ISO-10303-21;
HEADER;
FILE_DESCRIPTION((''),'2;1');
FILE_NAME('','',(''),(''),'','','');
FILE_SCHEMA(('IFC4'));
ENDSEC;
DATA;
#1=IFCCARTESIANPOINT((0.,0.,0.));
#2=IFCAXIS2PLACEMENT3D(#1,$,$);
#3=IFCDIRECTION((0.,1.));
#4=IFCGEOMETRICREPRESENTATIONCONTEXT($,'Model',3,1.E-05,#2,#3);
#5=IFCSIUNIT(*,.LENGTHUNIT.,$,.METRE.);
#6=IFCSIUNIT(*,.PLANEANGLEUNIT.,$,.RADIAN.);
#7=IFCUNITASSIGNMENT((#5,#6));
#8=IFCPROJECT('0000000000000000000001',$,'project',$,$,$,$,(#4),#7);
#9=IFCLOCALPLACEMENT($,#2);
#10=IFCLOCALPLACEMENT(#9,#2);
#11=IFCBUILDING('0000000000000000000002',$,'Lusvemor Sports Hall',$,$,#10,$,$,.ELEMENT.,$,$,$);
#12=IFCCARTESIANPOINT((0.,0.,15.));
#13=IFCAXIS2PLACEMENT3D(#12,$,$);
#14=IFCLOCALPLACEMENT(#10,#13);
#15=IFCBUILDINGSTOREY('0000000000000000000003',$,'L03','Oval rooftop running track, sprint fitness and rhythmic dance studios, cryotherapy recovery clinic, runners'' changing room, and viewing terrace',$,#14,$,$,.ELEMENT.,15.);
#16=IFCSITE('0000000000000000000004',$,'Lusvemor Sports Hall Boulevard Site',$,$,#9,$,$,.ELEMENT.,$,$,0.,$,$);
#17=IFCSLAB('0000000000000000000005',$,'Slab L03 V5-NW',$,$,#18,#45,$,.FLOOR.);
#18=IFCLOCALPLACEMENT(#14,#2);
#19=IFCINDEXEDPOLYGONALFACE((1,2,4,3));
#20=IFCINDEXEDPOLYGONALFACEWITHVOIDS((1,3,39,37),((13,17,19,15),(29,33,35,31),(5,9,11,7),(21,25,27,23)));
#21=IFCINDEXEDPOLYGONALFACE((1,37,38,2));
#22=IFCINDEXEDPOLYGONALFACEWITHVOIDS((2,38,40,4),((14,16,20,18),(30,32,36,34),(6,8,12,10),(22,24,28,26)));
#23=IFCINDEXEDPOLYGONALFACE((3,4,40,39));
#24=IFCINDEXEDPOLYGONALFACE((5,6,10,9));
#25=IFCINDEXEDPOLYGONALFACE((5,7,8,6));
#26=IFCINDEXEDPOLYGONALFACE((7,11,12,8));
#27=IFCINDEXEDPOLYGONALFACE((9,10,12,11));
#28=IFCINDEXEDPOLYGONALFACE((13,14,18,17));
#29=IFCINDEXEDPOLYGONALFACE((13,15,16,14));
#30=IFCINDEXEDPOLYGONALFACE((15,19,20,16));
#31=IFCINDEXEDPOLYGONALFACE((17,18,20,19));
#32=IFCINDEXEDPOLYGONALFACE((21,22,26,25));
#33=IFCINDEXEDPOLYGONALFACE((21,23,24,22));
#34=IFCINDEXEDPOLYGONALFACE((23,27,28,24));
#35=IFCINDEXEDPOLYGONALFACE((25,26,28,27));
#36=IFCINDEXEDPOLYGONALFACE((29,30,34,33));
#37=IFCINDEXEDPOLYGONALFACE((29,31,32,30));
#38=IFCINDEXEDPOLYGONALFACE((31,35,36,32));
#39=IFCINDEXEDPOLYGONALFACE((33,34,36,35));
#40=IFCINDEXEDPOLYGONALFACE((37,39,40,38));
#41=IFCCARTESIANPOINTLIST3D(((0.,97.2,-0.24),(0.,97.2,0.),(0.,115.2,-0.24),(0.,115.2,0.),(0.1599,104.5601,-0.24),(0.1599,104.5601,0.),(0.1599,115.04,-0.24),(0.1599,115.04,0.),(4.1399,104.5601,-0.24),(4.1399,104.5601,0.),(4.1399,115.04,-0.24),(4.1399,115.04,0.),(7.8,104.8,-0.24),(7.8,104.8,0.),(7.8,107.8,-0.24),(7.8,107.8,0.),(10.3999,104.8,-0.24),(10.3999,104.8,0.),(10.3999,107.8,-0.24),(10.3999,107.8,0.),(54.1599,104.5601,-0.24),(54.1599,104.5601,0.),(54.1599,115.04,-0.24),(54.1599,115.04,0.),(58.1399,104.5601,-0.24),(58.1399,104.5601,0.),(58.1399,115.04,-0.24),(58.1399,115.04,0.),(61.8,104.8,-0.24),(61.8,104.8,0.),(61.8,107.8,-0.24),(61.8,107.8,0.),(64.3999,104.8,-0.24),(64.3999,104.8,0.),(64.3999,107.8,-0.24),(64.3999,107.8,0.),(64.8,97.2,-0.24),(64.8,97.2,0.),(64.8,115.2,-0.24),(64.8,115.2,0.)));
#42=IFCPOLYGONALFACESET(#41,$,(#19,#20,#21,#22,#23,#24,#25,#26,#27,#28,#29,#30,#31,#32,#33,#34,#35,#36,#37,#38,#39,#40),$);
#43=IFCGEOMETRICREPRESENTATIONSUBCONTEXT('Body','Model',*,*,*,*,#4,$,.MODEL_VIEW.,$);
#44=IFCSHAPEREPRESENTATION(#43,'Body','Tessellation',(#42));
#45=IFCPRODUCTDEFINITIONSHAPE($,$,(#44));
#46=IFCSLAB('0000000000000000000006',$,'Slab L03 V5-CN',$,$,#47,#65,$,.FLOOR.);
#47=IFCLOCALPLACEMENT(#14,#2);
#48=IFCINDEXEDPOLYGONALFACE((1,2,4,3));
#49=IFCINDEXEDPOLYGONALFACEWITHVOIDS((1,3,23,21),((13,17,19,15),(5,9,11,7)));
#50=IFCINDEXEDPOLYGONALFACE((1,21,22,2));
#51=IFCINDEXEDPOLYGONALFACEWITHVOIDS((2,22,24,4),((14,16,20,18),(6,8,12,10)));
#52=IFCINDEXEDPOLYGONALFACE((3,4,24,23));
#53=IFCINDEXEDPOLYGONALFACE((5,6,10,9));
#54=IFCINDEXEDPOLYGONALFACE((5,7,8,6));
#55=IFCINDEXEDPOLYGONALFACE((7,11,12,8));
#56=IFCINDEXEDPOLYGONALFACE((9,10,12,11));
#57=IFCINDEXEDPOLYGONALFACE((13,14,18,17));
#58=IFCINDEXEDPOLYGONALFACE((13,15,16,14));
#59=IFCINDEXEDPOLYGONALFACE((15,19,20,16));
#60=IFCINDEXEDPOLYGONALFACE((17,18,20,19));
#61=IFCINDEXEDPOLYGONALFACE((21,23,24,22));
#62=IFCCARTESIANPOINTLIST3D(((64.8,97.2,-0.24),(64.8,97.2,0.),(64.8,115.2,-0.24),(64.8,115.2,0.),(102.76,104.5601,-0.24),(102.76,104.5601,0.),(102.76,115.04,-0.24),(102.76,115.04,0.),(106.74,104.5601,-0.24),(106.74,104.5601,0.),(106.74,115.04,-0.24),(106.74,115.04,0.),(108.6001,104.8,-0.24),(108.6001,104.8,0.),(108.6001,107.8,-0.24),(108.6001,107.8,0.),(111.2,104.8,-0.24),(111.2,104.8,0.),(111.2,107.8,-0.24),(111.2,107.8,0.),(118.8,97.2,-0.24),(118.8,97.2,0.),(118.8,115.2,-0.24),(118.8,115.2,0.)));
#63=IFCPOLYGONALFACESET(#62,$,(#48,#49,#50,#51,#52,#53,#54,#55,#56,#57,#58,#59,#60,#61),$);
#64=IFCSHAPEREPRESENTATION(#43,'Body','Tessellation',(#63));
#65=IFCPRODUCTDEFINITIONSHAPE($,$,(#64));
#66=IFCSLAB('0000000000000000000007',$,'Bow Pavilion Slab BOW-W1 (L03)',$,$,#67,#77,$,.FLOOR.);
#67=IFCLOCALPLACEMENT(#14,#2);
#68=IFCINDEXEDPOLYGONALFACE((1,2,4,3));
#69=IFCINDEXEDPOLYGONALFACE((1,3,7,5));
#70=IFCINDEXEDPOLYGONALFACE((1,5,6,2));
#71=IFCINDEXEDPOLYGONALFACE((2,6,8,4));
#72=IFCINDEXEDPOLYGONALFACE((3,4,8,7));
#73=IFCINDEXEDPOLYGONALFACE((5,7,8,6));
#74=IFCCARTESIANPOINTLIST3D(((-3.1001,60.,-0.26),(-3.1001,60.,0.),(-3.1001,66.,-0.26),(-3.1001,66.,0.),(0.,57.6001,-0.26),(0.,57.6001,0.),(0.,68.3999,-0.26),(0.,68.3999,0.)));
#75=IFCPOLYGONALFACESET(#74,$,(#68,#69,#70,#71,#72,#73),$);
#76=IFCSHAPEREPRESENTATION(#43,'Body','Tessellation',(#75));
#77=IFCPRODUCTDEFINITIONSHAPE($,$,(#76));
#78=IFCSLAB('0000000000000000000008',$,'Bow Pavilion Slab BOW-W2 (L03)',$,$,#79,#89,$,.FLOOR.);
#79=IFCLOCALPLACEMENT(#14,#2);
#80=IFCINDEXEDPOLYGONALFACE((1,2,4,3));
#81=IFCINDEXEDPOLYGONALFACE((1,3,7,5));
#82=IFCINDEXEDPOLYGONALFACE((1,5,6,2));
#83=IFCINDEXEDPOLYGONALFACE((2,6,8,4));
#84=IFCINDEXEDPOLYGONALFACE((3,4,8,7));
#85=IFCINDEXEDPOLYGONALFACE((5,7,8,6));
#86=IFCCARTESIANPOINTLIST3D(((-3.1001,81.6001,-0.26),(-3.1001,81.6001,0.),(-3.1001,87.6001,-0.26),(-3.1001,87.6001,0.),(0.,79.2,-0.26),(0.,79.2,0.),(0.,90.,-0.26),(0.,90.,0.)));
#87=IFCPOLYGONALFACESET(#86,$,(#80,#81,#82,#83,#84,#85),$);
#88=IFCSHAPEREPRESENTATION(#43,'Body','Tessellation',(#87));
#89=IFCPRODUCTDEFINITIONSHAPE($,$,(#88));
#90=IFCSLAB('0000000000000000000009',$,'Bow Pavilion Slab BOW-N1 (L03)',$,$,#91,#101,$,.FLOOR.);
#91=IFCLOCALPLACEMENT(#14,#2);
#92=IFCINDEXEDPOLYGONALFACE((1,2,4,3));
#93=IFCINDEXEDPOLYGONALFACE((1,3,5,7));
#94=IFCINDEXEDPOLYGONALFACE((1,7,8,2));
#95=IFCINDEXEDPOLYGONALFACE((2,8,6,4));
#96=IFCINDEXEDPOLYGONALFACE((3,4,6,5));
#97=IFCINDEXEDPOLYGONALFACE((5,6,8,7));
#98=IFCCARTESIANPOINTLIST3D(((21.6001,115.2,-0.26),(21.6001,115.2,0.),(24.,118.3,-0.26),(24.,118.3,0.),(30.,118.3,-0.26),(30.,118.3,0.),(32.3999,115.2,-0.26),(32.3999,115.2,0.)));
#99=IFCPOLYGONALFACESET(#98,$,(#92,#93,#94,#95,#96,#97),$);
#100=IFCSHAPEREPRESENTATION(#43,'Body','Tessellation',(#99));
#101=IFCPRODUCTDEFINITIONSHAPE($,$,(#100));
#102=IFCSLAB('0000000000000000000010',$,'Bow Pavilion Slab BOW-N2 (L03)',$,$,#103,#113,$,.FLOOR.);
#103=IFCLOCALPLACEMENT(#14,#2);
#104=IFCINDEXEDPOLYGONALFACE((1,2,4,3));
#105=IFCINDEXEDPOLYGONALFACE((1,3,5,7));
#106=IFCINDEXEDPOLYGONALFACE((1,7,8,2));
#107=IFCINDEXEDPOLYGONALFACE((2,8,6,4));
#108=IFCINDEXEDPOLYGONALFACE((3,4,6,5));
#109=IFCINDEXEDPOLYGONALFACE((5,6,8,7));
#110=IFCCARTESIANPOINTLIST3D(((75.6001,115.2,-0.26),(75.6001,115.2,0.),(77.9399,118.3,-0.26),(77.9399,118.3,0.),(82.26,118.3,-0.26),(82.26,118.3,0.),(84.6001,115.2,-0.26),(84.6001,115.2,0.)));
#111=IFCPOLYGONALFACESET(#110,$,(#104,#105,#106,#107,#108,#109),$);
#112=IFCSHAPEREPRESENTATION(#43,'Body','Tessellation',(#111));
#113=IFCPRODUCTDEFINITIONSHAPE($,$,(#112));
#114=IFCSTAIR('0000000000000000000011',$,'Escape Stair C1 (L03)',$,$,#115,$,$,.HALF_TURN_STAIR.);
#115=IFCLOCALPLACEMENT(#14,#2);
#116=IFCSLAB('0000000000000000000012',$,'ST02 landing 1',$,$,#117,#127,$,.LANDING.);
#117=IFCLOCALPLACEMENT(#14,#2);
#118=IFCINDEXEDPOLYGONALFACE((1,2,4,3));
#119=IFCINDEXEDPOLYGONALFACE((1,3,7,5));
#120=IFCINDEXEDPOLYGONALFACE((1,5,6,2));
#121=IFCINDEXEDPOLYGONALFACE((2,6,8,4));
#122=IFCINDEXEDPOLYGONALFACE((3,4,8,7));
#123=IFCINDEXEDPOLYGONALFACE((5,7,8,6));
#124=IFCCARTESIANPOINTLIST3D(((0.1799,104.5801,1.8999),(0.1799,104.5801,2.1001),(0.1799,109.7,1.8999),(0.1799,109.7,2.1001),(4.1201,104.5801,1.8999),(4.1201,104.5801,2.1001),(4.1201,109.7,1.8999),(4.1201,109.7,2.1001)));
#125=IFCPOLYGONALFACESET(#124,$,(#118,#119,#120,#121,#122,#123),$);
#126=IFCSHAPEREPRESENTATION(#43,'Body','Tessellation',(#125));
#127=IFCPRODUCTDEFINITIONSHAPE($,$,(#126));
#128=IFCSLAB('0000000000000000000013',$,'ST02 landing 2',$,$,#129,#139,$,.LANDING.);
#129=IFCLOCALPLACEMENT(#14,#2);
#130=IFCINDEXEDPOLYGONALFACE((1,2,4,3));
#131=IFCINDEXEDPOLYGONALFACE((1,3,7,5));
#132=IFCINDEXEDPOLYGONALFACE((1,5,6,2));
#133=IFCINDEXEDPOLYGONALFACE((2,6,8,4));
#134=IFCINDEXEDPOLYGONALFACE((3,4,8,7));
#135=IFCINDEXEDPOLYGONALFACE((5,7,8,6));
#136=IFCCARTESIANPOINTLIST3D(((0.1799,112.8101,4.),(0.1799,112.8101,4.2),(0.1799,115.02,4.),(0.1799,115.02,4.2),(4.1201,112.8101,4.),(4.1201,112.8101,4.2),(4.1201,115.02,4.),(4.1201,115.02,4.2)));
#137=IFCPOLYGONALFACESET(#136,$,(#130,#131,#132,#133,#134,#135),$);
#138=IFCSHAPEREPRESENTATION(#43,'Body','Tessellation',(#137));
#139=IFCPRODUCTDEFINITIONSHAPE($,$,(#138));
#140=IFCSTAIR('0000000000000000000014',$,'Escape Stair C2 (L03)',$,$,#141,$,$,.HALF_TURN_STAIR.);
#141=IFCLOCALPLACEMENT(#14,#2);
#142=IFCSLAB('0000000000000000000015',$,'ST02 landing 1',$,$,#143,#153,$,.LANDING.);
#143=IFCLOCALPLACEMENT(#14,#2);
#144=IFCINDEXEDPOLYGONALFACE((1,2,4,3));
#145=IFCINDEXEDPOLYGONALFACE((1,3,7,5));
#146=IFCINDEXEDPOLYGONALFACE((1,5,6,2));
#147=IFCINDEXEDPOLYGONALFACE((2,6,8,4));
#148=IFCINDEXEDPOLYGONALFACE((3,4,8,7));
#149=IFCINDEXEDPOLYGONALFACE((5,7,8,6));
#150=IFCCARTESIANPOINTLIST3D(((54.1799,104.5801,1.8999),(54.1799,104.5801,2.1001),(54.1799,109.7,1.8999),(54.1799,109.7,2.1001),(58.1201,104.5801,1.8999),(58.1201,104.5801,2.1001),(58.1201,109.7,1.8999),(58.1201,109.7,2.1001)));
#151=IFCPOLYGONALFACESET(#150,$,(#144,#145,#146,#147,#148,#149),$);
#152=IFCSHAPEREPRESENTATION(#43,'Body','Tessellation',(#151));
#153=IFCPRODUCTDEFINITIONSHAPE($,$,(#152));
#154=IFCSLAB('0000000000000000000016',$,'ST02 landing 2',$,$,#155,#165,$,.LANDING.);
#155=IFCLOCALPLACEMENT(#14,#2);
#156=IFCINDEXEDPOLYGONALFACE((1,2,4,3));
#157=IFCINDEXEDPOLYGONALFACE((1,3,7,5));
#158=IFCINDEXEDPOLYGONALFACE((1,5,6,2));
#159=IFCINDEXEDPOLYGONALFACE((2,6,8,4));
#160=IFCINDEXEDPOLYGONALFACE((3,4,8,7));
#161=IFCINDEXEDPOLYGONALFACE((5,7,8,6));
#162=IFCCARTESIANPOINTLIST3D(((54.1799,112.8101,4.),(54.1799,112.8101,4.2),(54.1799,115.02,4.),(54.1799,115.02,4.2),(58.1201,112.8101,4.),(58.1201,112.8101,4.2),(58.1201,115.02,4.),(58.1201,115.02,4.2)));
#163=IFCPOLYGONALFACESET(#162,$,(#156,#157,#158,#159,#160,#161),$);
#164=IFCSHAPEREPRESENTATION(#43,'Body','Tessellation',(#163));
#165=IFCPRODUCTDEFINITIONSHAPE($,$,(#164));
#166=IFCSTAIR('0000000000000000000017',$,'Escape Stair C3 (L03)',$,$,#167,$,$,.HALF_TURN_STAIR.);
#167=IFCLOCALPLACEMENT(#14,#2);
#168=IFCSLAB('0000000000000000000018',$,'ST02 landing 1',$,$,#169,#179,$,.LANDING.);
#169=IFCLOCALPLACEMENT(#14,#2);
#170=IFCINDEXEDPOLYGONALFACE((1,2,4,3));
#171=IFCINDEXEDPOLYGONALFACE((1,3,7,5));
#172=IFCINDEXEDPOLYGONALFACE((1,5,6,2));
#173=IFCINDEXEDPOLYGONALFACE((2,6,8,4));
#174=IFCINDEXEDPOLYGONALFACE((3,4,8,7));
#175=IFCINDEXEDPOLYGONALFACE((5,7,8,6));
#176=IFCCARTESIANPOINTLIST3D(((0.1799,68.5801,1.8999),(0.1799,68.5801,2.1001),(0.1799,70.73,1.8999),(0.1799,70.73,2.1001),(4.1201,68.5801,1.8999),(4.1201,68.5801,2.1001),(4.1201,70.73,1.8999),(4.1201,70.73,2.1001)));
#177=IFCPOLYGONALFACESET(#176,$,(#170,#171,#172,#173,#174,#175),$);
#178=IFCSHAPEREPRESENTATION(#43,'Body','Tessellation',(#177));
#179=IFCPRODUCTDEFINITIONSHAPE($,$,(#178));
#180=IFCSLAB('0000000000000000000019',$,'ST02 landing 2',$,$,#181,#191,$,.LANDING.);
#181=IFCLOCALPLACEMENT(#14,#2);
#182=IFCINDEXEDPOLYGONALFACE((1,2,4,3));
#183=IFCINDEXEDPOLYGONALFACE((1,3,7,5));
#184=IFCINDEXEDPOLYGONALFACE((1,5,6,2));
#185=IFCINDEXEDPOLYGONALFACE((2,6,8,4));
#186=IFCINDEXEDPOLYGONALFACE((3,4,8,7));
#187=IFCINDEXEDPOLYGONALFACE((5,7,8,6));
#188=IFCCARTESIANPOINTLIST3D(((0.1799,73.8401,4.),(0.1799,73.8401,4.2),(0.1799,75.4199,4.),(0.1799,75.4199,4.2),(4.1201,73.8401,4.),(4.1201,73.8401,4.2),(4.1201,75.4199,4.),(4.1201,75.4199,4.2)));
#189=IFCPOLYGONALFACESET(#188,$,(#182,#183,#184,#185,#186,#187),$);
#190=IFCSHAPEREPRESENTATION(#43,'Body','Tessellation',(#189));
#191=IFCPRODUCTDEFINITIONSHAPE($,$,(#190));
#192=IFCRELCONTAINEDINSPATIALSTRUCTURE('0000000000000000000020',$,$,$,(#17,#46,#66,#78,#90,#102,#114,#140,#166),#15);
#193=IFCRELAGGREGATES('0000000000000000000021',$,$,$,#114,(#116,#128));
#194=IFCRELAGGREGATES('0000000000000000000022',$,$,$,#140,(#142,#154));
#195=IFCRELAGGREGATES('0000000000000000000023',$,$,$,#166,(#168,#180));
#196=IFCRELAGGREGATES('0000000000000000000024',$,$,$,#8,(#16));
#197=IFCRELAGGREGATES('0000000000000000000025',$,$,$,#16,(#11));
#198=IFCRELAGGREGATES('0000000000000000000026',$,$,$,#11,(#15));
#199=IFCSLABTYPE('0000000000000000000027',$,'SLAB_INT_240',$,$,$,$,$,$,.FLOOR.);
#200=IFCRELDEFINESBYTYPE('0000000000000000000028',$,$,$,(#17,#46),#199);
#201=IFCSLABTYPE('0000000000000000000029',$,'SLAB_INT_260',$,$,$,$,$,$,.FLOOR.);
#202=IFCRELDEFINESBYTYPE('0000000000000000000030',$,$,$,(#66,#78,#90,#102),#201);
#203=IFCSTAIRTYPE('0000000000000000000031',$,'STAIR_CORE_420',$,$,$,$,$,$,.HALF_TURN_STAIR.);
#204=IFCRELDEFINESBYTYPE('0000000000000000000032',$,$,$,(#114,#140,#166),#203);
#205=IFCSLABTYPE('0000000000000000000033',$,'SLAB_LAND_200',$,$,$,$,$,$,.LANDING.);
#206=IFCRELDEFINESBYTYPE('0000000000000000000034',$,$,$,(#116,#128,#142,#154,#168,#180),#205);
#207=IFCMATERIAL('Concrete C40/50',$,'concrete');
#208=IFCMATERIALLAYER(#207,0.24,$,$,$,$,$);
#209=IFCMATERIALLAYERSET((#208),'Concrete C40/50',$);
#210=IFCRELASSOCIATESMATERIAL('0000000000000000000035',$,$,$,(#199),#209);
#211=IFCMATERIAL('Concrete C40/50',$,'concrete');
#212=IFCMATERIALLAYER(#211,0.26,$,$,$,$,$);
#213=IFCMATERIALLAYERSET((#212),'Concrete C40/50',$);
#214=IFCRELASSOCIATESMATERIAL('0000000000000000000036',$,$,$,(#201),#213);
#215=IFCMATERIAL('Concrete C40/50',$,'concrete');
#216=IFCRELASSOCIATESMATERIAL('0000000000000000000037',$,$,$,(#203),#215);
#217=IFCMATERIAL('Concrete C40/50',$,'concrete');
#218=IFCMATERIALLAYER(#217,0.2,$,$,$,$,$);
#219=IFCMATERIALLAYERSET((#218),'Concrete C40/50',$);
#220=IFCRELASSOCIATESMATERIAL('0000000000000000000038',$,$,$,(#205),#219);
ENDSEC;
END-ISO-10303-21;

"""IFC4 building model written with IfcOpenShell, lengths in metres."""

from ifc_helpers import new_model, si_unit, direction, frame, origin, place, context, subcontext, project, spatial, polyline, outline, extrude, material, layer, layer_set, type_object, element, aggregate, save


model = new_model("IFC4")

# Units and contexts
model_context = context("Model", 3, precision=1e-05, world=origin(), true_north=direction((0.0, 1.0)))
body_context = subcontext(model_context, "Body", "Model", "MODEL_VIEW")
ifc_project = project(units=[si_unit("LENGTHUNIT", "METRE"), si_unit("PLANEANGLEUNIT", "RADIAN")], contexts=[model_context])

# Site, building, storey
site_placement = place(None, origin())
site = spatial("IfcSite", under=ifc_project, at=site_placement, Name="Lusvemor Sports Hall Boulevard Site", CompositionType="ELEMENT", RefElevation=0.0)
building_placement = place(site_placement, origin())
building = spatial("IfcBuilding", under=site, at=building_placement, Name="Lusvemor Sports Hall", CompositionType="ELEMENT")
storey_placement = place(building_placement, frame((0.0, 0.0, 15.0)))
storey = spatial("IfcBuildingStorey", under=building, at=storey_placement, Name="L03", Description="Oval rooftop running track, sprint fitness and rhythmic dance studios, cryotherapy recovery clinic, runners' changing room, and viewing terrace", CompositionType="ELEMENT", Elevation=15.0)

# Slabs
ifc_material_1 = material(Name="Concrete C40/50", Category="concrete")
ifc_layer_1 = layer(ifc_material_1, 0.24)
ifc_layer_set_1 = layer_set([ifc_layer_1], Name="Concrete C40/50")
slab_type_1 = type_object("IfcSlabType", Name="SLAB_INT_240", PredefinedType="FLOOR", material=ifc_layer_set_1)
slab_1_placement = place(storey_placement, frame((0.0, 0.0, -0.24)))
element("IfcSlab", 1, at=slab_1_placement, inside=storey, type_object=slab_type_1, Name="Slab L03 V5-NW", PredefinedType="FLOOR", context=body_context, shape_type="SweptSolid", body=[
    extrude(outline(polyline([(0.0, 97.2), (64.8, 97.2), (64.8, 115.2), (0.0, 115.2), (0.0, 97.2)]), holes=[polyline([(0.1599, 104.5601), (4.1399, 104.5601), (4.1399, 115.04), (0.1599, 115.04), (0.1599, 104.5601)]), polyline([(7.8, 104.8), (10.3999, 104.8), (10.3999, 107.8), (7.8, 107.8), (7.8, 104.8)]), polyline([(54.1599, 104.5601), (58.1399, 104.5601), (58.1399, 115.04), (54.1599, 115.04), (54.1599, 104.5601)]), polyline([(61.8, 104.8), (64.3999, 104.8), (64.3999, 107.8), (61.8, 107.8), (61.8, 104.8)])]), origin(), (0.0, 0.0, 1.0), 0.24),
])
slab_2_placement = place(storey_placement, frame((0.0, 0.0, -0.24)))
element("IfcSlab", 2, at=slab_2_placement, inside=storey, type_object=slab_type_1, Name="Slab L03 V5-CN", PredefinedType="FLOOR", context=body_context, shape_type="SweptSolid", body=[
    extrude(outline(polyline([(64.8, 97.2), (118.8, 97.2), (118.8, 115.2), (64.8, 115.2), (64.8, 97.2)]), holes=[polyline([(102.76, 104.5601), (106.74, 104.5601), (106.74, 115.04), (102.76, 115.04), (102.76, 104.5601)]), polyline([(108.6001, 104.8), (111.2, 104.8), (111.2, 107.8), (108.6001, 107.8), (108.6001, 104.8)])]), origin(), (0.0, 0.0, 1.0), 0.24),
])
ifc_material_2 = material(Name="Concrete C40/50", Category="concrete")
ifc_layer_2 = layer(ifc_material_2, 0.26)
ifc_layer_set_2 = layer_set([ifc_layer_2], Name="Concrete C40/50")
slab_type_2 = type_object("IfcSlabType", Name="SLAB_INT_260", PredefinedType="FLOOR", material=ifc_layer_set_2)
slab_3_placement = place(storey_placement, frame((0.0, 0.0, -0.26)))
element("IfcSlab", 3, at=slab_3_placement, inside=storey, type_object=slab_type_2, Name="Bow Pavilion Slab BOW-W1 (L03)", PredefinedType="FLOOR", context=body_context, shape_type="SweptSolid", body=[
    extrude(outline(polyline([(0.0, 57.6001), (-3.1001, 60.0), (-3.1001, 66.0), (0.0, 68.3999), (0.0, 57.6001)])), origin(), (0.0, 0.0, 1.0), 0.26),
])
slab_4_placement = place(storey_placement, frame((0.0, 0.0, -0.26)))
element("IfcSlab", 4, at=slab_4_placement, inside=storey, type_object=slab_type_2, Name="Bow Pavilion Slab BOW-W2 (L03)", PredefinedType="FLOOR", context=body_context, shape_type="SweptSolid", body=[
    extrude(outline(polyline([(0.0, 79.2), (-3.1001, 81.6001), (-3.1001, 87.6001), (0.0, 90.0), (0.0, 79.2)])), origin(), (0.0, 0.0, 1.0), 0.26),
])
slab_5_placement = place(storey_placement, frame((0.0, 0.0, -0.26)))
element("IfcSlab", 5, at=slab_5_placement, inside=storey, type_object=slab_type_2, Name="Bow Pavilion Slab BOW-N1 (L03)", PredefinedType="FLOOR", context=body_context, shape_type="SweptSolid", body=[
    extrude(outline(polyline([(21.6001, 115.2), (24.0, 118.3), (30.0, 118.3), (32.3999, 115.2), (21.6001, 115.2)])), origin(), (0.0, 0.0, 1.0), 0.26),
])
slab_6_placement = place(storey_placement, frame((0.0, 0.0, -0.26)))
element("IfcSlab", 6, at=slab_6_placement, inside=storey, type_object=slab_type_2, Name="Bow Pavilion Slab BOW-N2 (L03)", PredefinedType="FLOOR", context=body_context, shape_type="SweptSolid", body=[
    extrude(outline(polyline([(75.6001, 115.2), (77.9399, 118.3), (82.26, 118.3), (84.6001, 115.2), (75.6001, 115.2)])), origin(), (0.0, 0.0, 1.0), 0.26),
])

# Stairs, slabs
ifc_material_3 = material(Name="Concrete C40/50", Category="concrete")
stair_type = type_object("IfcStairType", Name="STAIR_CORE_420", PredefinedType="HALF_TURN_STAIR", material=ifc_material_3)
stair_1_placement = place(storey_placement, origin())
stair_1 = element("IfcStair", 7, at=stair_1_placement, inside=storey, type_object=stair_type, Name="Escape Stair C1 (L03)", PredefinedType="HALF_TURN_STAIR")
ifc_material_4 = material(Name="Concrete C40/50", Category="concrete")
ifc_layer_3 = layer(ifc_material_4, 0.2)
ifc_layer_set_3 = layer_set([ifc_layer_3], Name="Concrete C40/50")
slab_type_3 = type_object("IfcSlabType", Name="SLAB_LAND_200", PredefinedType="LANDING", material=ifc_layer_set_3)
slab_7_placement = place(storey_placement, frame((0.0, 0.0, 1.8999)))
slab_7 = element("IfcSlab", 8, at=slab_7_placement, type_object=slab_type_3, Name="ST02 landing 1", PredefinedType="LANDING", context=body_context, shape_type="SweptSolid", body=[
    extrude(outline(polyline([(0.1799, 104.5801), (4.1201, 104.5801), (4.1201, 109.7), (0.1799, 109.7), (0.1799, 104.5801)])), origin(), (0.0, 0.0, 1.0), 0.2002),
])
slab_8_placement = place(storey_placement, frame((0.0, 0.0, 4.0)))
slab_8 = element("IfcSlab", 9, at=slab_8_placement, type_object=slab_type_3, Name="ST02 landing 2", PredefinedType="LANDING", context=body_context, shape_type="SweptSolid", body=[
    extrude(outline(polyline([(0.1799, 112.8101), (4.1201, 112.8101), (4.1201, 115.02), (0.1799, 115.02), (0.1799, 112.8101)])), origin(), (0.0, 0.0, 1.0), 0.2),
])
aggregate(stair_1, [slab_7, slab_8])
stair_2_placement = place(storey_placement, origin())
stair_2 = element("IfcStair", 10, at=stair_2_placement, inside=storey, type_object=stair_type, Name="Escape Stair C2 (L03)", PredefinedType="HALF_TURN_STAIR")
slab_9_placement = place(storey_placement, frame((0.0, 0.0, 1.8999)))
slab_9 = element("IfcSlab", 11, at=slab_9_placement, type_object=slab_type_3, Name="ST02 landing 1", PredefinedType="LANDING", context=body_context, shape_type="SweptSolid", body=[
    extrude(outline(polyline([(54.1799, 104.5801), (58.1201, 104.5801), (58.1201, 109.7), (54.1799, 109.7), (54.1799, 104.5801)])), origin(), (0.0, 0.0, 1.0), 0.2002),
])
slab_10_placement = place(storey_placement, frame((0.0, 0.0, 4.0)))
slab_10 = element("IfcSlab", 12, at=slab_10_placement, type_object=slab_type_3, Name="ST02 landing 2", PredefinedType="LANDING", context=body_context, shape_type="SweptSolid", body=[
    extrude(outline(polyline([(54.1799, 112.8101), (58.1201, 112.8101), (58.1201, 115.02), (54.1799, 115.02), (54.1799, 112.8101)])), origin(), (0.0, 0.0, 1.0), 0.2),
])
aggregate(stair_2, [slab_9, slab_10])
stair_3_placement = place(storey_placement, origin())
stair_3 = element("IfcStair", 13, at=stair_3_placement, inside=storey, type_object=stair_type, Name="Escape Stair C3 (L03)", PredefinedType="HALF_TURN_STAIR")
slab_11_placement = place(storey_placement, frame((0.0, 0.0, 1.8999)))
slab_11 = element("IfcSlab", 14, at=slab_11_placement, type_object=slab_type_3, Name="ST02 landing 1", PredefinedType="LANDING", context=body_context, shape_type="SweptSolid", body=[
    extrude(outline(polyline([(0.1799, 68.5801), (4.1201, 68.5801), (4.1201, 70.73), (0.1799, 70.73), (0.1799, 68.5801)])), origin(), (0.0, 0.0, 1.0), 0.2002),
])
slab_12_placement = place(storey_placement, frame((0.0, 0.0, 4.0)))
slab_12 = element("IfcSlab", 15, at=slab_12_placement, type_object=slab_type_3, Name="ST02 landing 2", PredefinedType="LANDING", context=body_context, shape_type="SweptSolid", body=[
    extrude(outline(polyline([(0.1799, 73.8401), (4.1201, 73.8401), (4.1201, 75.4199), (0.1799, 75.4199), (0.1799, 73.8401)])), origin(), (0.0, 0.0, 1.0), 0.2),
])
aggregate(stair_3, [slab_11, slab_12])

save(model, "model.ifc")
